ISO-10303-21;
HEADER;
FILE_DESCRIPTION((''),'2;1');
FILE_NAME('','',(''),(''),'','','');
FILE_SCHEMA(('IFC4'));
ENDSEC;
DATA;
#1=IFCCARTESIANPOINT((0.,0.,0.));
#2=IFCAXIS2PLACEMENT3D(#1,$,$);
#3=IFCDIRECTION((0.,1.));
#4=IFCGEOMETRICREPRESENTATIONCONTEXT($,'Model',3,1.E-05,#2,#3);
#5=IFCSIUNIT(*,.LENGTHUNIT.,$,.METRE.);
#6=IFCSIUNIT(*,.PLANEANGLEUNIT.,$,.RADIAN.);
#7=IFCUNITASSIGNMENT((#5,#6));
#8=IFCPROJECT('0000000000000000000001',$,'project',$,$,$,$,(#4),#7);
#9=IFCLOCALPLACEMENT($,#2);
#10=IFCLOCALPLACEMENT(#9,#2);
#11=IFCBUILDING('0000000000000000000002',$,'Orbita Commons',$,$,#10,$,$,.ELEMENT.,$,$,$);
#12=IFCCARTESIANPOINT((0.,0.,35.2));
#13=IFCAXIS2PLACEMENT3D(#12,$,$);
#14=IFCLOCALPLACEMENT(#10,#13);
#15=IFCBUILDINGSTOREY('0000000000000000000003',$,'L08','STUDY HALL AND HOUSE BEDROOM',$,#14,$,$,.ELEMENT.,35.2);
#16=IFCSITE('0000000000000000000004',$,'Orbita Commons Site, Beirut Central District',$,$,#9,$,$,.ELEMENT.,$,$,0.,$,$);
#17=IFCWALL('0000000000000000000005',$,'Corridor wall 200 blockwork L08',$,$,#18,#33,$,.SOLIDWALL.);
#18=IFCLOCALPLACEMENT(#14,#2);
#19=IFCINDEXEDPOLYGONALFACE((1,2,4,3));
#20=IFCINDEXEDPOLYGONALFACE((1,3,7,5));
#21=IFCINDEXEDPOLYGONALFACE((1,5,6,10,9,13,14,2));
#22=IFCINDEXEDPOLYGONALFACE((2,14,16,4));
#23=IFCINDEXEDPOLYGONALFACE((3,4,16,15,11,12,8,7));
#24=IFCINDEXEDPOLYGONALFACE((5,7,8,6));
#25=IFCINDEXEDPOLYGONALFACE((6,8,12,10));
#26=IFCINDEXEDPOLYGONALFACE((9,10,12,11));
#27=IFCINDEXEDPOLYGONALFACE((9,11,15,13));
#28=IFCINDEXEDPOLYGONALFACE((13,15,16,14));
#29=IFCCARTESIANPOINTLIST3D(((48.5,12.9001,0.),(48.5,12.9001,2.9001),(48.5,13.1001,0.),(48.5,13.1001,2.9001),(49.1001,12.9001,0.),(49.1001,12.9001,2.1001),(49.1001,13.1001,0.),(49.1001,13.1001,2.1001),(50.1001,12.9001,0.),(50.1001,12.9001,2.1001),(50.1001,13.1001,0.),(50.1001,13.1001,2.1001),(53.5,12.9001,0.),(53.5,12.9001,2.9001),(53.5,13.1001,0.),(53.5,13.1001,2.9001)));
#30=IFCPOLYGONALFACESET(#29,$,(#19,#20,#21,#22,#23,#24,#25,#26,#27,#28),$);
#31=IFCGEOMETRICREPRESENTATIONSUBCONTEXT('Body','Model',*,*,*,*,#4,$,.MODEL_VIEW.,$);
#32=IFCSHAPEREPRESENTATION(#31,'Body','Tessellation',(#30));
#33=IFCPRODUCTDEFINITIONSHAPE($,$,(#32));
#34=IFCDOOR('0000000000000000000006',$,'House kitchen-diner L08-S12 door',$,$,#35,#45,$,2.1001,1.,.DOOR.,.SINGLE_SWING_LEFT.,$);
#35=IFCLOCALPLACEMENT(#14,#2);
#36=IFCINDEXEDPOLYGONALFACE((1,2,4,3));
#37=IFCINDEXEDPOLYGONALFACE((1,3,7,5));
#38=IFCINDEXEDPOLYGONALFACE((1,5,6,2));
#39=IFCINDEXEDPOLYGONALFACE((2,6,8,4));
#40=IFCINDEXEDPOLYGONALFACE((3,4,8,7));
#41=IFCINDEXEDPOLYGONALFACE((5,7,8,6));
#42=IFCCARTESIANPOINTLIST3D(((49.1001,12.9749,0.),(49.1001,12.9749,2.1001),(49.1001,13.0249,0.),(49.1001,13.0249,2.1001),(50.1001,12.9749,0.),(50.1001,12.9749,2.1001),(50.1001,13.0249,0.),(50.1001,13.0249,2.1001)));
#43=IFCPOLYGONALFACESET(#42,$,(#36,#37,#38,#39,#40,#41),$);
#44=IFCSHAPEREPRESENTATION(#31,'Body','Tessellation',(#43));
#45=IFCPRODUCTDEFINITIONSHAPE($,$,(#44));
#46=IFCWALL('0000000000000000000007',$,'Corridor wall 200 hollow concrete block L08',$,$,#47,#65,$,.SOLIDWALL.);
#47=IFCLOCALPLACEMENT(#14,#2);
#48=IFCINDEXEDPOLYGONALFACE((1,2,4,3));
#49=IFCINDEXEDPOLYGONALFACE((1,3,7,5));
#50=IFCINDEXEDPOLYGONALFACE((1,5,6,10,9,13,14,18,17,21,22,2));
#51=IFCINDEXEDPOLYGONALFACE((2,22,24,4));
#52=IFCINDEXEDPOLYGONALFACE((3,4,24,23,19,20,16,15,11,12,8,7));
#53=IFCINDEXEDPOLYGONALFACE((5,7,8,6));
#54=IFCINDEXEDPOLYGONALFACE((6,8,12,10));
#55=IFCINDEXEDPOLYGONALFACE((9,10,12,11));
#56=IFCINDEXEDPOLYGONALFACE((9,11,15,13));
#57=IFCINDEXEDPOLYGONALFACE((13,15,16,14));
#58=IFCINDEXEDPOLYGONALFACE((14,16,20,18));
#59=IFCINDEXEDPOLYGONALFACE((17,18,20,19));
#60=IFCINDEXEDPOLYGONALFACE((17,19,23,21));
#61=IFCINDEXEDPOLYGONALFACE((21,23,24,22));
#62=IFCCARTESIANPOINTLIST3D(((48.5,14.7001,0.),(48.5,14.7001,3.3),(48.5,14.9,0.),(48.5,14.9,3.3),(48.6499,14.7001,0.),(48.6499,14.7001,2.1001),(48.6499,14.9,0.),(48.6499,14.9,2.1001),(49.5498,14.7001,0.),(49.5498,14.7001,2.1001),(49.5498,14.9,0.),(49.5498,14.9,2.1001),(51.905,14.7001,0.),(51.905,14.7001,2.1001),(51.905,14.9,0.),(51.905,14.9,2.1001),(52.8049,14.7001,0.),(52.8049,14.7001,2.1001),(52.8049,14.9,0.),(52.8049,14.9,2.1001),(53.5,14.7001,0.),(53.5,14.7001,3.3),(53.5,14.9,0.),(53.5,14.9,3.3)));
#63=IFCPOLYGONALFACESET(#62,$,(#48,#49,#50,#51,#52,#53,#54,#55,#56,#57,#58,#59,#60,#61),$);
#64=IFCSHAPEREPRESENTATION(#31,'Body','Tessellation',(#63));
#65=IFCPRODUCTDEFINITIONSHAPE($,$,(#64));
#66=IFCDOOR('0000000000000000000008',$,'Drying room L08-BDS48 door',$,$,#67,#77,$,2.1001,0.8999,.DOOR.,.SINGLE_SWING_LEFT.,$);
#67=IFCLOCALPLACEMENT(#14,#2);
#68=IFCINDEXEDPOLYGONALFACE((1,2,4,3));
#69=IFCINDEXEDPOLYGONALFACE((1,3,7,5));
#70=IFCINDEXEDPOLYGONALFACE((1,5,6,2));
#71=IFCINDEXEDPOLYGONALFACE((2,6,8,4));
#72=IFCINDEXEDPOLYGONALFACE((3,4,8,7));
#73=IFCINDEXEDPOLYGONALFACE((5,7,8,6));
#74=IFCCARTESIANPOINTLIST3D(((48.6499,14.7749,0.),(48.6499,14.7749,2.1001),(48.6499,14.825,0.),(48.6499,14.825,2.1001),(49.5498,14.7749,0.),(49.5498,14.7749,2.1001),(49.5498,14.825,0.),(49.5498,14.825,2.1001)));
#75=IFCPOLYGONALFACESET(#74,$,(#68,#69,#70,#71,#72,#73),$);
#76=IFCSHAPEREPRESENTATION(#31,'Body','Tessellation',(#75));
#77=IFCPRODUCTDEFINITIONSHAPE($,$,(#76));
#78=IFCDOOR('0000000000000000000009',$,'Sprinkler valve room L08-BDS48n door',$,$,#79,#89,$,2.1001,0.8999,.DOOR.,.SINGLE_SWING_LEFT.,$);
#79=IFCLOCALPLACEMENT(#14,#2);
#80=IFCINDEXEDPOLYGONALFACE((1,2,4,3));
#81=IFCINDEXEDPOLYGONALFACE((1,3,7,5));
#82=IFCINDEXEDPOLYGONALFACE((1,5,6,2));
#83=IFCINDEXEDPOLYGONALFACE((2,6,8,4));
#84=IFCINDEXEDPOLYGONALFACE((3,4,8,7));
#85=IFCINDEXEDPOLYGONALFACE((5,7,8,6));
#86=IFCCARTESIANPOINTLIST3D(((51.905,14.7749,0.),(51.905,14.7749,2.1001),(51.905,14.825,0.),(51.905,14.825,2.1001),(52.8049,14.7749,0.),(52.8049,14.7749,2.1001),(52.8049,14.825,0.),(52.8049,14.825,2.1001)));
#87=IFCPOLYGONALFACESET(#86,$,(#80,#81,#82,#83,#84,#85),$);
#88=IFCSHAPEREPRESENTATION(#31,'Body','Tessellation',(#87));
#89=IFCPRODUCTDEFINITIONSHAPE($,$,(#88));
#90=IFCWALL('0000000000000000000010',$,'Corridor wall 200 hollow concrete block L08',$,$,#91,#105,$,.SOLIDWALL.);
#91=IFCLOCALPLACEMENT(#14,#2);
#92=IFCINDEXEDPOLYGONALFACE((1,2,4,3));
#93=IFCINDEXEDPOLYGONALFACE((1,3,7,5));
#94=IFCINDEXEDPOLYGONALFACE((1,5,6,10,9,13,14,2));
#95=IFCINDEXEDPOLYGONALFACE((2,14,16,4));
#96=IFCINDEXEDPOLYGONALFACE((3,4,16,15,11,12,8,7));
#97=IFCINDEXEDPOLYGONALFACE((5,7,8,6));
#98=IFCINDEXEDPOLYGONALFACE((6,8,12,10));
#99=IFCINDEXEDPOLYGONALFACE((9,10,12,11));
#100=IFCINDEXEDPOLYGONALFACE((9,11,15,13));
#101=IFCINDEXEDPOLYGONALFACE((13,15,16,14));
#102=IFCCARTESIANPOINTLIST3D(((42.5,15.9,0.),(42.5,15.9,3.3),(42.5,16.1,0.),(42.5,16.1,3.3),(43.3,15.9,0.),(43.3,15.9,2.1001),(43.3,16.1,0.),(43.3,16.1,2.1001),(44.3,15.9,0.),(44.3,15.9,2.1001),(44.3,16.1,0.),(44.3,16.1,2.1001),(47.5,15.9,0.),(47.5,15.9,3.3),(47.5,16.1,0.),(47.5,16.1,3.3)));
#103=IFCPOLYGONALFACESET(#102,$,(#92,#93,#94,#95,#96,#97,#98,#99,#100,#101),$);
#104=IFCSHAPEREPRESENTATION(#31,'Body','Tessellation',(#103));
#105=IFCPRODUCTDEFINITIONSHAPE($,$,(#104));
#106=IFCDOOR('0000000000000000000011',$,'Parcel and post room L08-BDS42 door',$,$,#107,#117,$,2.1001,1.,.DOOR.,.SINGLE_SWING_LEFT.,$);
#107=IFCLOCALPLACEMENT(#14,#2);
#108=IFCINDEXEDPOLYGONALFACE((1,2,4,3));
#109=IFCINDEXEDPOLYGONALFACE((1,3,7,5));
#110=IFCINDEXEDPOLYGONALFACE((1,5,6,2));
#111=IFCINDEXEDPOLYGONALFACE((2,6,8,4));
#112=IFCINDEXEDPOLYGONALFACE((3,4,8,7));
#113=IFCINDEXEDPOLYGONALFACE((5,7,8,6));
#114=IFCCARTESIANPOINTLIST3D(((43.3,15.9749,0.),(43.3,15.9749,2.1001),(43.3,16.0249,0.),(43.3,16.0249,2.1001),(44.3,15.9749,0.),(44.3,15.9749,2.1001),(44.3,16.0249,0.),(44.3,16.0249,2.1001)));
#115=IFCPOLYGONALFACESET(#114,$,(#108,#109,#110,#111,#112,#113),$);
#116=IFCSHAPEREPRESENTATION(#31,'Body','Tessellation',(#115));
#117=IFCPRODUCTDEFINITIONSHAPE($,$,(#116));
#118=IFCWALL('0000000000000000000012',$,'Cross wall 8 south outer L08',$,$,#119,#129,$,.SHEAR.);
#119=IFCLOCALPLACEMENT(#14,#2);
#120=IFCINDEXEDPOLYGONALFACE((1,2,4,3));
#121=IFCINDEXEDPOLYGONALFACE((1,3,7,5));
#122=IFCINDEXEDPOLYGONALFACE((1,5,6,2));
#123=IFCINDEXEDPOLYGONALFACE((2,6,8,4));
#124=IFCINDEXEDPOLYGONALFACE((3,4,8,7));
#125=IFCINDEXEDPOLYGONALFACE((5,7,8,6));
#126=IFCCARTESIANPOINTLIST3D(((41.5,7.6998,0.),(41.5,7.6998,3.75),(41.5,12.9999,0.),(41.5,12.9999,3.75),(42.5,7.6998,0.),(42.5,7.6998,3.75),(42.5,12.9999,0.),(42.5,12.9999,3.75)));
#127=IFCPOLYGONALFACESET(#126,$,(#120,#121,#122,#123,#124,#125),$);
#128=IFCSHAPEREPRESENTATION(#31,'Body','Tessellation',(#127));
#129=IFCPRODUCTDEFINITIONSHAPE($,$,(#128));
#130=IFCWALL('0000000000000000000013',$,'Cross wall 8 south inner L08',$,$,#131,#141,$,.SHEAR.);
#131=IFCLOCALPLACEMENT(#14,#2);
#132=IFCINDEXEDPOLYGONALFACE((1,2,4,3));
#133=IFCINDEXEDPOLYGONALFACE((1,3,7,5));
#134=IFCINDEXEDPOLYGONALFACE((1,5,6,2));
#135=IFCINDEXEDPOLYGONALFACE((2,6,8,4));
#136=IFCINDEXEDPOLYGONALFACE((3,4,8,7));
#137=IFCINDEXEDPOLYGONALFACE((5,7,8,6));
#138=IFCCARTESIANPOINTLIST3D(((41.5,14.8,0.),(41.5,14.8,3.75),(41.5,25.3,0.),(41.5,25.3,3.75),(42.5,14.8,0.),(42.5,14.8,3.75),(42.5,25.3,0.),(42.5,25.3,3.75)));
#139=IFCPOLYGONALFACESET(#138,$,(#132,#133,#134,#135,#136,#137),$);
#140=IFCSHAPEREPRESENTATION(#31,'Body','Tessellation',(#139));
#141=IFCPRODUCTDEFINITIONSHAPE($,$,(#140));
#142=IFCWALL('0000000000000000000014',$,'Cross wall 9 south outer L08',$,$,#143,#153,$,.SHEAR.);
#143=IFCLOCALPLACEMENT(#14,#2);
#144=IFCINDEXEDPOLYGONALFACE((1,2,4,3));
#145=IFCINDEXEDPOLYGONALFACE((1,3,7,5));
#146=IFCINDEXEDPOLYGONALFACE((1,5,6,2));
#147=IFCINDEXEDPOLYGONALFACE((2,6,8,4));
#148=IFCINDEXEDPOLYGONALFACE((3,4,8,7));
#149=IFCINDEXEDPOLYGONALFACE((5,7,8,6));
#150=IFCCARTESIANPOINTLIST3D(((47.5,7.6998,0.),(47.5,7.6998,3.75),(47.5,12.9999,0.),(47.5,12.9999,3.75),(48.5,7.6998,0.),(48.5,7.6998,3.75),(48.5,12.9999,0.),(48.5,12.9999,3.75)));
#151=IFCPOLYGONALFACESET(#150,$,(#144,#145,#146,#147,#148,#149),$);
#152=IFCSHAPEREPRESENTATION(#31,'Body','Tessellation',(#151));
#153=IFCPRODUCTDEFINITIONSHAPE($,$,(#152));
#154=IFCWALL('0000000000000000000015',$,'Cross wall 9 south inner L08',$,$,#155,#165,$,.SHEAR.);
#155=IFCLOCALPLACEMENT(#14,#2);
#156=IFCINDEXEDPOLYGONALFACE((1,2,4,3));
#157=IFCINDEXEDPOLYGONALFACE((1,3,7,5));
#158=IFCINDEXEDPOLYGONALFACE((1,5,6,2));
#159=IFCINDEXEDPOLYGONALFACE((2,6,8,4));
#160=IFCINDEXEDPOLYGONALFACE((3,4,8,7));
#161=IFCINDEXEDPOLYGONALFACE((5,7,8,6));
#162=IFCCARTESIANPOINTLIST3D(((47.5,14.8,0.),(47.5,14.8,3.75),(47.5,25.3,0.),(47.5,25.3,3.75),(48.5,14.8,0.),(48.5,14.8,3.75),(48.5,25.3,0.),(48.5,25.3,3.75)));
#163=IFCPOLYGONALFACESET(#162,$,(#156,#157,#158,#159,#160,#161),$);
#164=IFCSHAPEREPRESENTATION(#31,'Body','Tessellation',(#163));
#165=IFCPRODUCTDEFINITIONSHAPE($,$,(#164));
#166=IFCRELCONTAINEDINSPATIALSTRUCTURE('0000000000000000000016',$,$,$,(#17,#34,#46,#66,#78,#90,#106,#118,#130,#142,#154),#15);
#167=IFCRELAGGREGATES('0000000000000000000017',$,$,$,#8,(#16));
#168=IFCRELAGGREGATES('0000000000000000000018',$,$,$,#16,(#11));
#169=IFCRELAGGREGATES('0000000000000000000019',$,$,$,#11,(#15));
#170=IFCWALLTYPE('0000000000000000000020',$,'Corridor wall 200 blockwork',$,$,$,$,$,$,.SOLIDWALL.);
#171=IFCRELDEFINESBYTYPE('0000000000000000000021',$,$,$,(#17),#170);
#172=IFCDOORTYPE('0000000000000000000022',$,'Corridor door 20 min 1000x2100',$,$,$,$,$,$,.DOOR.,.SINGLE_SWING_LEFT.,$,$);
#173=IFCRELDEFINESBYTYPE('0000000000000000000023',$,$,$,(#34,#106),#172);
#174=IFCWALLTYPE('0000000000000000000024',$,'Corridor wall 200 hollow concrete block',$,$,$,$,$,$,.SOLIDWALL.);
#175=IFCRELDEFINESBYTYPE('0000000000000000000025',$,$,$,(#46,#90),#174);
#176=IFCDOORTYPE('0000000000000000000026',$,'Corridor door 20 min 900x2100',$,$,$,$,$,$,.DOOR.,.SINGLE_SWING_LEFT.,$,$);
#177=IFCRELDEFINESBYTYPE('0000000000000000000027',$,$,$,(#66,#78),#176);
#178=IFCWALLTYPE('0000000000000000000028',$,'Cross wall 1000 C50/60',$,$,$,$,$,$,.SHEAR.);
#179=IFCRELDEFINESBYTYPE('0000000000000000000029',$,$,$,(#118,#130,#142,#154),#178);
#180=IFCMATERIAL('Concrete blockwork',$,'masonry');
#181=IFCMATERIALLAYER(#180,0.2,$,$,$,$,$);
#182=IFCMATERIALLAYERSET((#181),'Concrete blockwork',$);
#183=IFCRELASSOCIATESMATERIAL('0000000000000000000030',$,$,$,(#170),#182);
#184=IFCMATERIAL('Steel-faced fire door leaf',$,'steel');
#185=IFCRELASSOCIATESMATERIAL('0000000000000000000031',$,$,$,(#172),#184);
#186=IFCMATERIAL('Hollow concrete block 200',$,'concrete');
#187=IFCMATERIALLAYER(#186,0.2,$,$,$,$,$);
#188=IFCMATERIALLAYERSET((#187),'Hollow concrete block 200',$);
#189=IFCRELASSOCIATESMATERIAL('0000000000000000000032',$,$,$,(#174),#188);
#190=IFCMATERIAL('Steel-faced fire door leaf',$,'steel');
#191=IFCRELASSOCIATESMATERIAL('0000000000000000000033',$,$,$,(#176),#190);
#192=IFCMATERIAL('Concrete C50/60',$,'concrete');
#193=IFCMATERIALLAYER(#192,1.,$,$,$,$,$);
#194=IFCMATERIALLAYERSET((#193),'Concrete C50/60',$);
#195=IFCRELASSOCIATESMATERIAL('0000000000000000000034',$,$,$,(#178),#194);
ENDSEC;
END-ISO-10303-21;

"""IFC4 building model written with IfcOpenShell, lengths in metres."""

from ifc_helpers import new_model, si_unit, direction, frame, frame_2d, origin, place, context, subcontext, project, spatial, polyline, rectangle, outline, extrude, material, layer, layer_set, type_object, element, fill, save


model = new_model("IFC4")

# Units and contexts
model_context = context("Model", 3, precision=1e-05, world=origin(), true_north=direction((0.0, 1.0)))
body_context = subcontext(model_context, "Body", "Model", "MODEL_VIEW")
ifc_project = project(units=[si_unit("LENGTHUNIT", "METRE"), si_unit("PLANEANGLEUNIT", "RADIAN")], contexts=[model_context])

# Site, building, storey
site_placement = place(None, origin())
site = spatial("IfcSite", under=ifc_project, at=site_placement, Name="Orbita Commons Site, Beirut Central District", CompositionType="ELEMENT", RefElevation=0.0)
building_placement = place(site_placement, origin())
building = spatial("IfcBuilding", under=site, at=building_placement, Name="Orbita Commons", CompositionType="ELEMENT")
storey_placement = place(building_placement, frame((0.0, 0.0, 35.2)))
storey = spatial("IfcBuildingStorey", under=building, at=storey_placement, Name="L08", Description="STUDY HALL AND HOUSE BEDROOM", CompositionType="ELEMENT", Elevation=35.2)

# Wall, opening, door
ifc_material_1 = material(Name="Concrete blockwork", Category="masonry")
ifc_layer_1 = layer(ifc_material_1, 0.2)
ifc_layer_set_1 = layer_set([ifc_layer_1], Name="Concrete blockwork")
wall_type_1 = type_object("IfcWallType", Name="Corridor wall 200 blockwork", PredefinedType="SOLIDWALL", material=ifc_layer_set_1)
ifc_material_2 = material(Name="Steel-faced fire door leaf", Category="steel")
door_type_1 = type_object("IfcDoorType", Name="Corridor door 20 min 1000x2100", OperationType="SINGLE_SWING_LEFT", PredefinedType="DOOR", material=ifc_material_2)
wall_1_placement = place(storey_placement, frame((48.5, 13.0, 0.0), z_axis=(0.0, 0.0, 1.0), x_axis=(1.0, 0.0, 0.0)))
wall_1 = element("IfcWall", 1, at=wall_1_placement, inside=storey, type_object=wall_type_1, Name="Corridor wall 200 blockwork L08", PredefinedType="SOLIDWALL", context=body_context, shape_type="SweptSolid", body=[
    extrude(outline(polyline([(0.0, 0.0), (5.0, 0.0), (5.0, 2.9001), (0.0, 2.9001), (0.0, 0.0)])), frame((0.0, 0.1001, 0.0), z_axis=(0.0, -1.0, 0.0), x_axis=(1.0, 0.0, 0.0)), (0.0, 0.0, 1.0), 0.2),
])
opening_1_placement = place(wall_1_placement, frame((0.6001, 0.0, 0.0)))
opening_1 = element("IfcOpeningElement", 2, at=opening_1_placement, cuts=wall_1, PredefinedType="OPENING", context=body_context, shape_type="SweptSolid", body=[
    extrude(rectangle(XDim=1.0, YDim=2.1001, at=frame_2d((0.5, 1.05))), frame((0.0, 0.1099, 0.0), z_axis=(0.0, -1.0, 0.0), x_axis=(1.0, 0.0, 0.0)), (0.0, 0.0, 1.0), 0.22),
])
door_1_placement = place(opening_1_placement, origin())
door_1 = element("IfcDoor", 3, at=door_1_placement, inside=storey, type_object=door_type_1, Name="House kitchen-diner L08-S12 door", OperationType="SINGLE_SWING_LEFT", OverallHeight=2.1001, OverallWidth=1.0, PredefinedType="DOOR", context=body_context, shape_type="SweptSolid", body=[
    extrude(rectangle(XDim=1.0, YDim=2.1001, at=frame_2d((0.5, 1.05))), frame((0.0, 0.0249, 0.0), z_axis=(0.0, -1.0, 0.0), x_axis=(1.0, 0.0, 0.0)), (0.0, 0.0, 1.0), 0.05),
])
fill(opening_1, door_1)

# Wall, openings, doors
ifc_material_3 = material(Name="Hollow concrete block 200", Category="concrete")
ifc_layer_2 = layer(ifc_material_3, 0.2)
ifc_layer_set_2 = layer_set([ifc_layer_2], Name="Hollow concrete block 200")
wall_type_2 = type_object("IfcWallType", Name="Corridor wall 200 hollow concrete block", PredefinedType="SOLIDWALL", material=ifc_layer_set_2)
wall_2_placement = place(storey_placement, frame((48.5, 14.8, 0.0), z_axis=(0.0, 0.0, 1.0), x_axis=(1.0, 0.0, 0.0)))
wall_2 = element("IfcWall", 4, at=wall_2_placement, inside=storey, type_object=wall_type_2, Name="Corridor wall 200 hollow concrete block L08", PredefinedType="SOLIDWALL", context=body_context, shape_type="SweptSolid", body=[
    extrude(rectangle(XDim=5.0, YDim=0.2, at=frame_2d((2.5, 0.0))), origin(), (0.0, 0.0, 1.0), 3.3),
])
opening_2_placement = place(wall_2_placement, frame((0.1499, 0.0, 0.0)))
opening_2 = element("IfcOpeningElement", 5, at=opening_2_placement, cuts=wall_2, PredefinedType="OPENING", context=body_context, shape_type="SweptSolid", body=[
    extrude(rectangle(XDim=0.8999, YDim=2.1001, at=frame_2d((0.45, 1.05))), frame((0.0, 0.1099, 0.0), z_axis=(0.0, -1.0, 0.0), x_axis=(1.0, 0.0, 0.0)), (0.0, 0.0, 1.0), 0.22),
])
opening_3_placement = place(wall_2_placement, frame((3.405, 0.0, 0.0)))
opening_3 = element("IfcOpeningElement", 6, at=opening_3_placement, cuts=wall_2, PredefinedType="OPENING", context=body_context, shape_type="SweptSolid", body=[
    extrude(rectangle(XDim=0.8999, YDim=2.1001, at=frame_2d((0.45, 1.05))), frame((0.0, 0.1099, 0.0), z_axis=(0.0, -1.0, 0.0), x_axis=(1.0, 0.0, 0.0)), (0.0, 0.0, 1.0), 0.22),
])
ifc_material_4 = material(Name="Steel-faced fire door leaf", Category="steel")
door_type_2 = type_object("IfcDoorType", Name="Corridor door 20 min 900x2100", OperationType="SINGLE_SWING_LEFT", PredefinedType="DOOR", material=ifc_material_4)
door_2_placement = place(opening_2_placement, origin())
door_2 = element("IfcDoor", 7, at=door_2_placement, inside=storey, type_object=door_type_2, Name="Drying room L08-BDS48 door", OperationType="SINGLE_SWING_LEFT", OverallHeight=2.1001, OverallWidth=0.8999, PredefinedType="DOOR", context=body_context, shape_type="SweptSolid", body=[
    extrude(rectangle(XDim=0.8999, YDim=2.1001, at=frame_2d((0.45, 1.05))), frame((0.0, 0.0249, 0.0), z_axis=(0.0, -1.0, 0.0), x_axis=(1.0, 0.0, 0.0)), (0.0, 0.0, 1.0), 0.05),
])
fill(opening_2, door_2)
door_3_placement = place(opening_3_placement, origin())
door_3 = element("IfcDoor", 8, at=door_3_placement, inside=storey, type_object=door_type_2, Name="Sprinkler valve room L08-BDS48n door", OperationType="SINGLE_SWING_LEFT", OverallHeight=2.1001, OverallWidth=0.8999, PredefinedType="DOOR", context=body_context, shape_type="SweptSolid", body=[
    extrude(rectangle(XDim=0.8999, YDim=2.1001, at=frame_2d((0.45, 1.05))), frame((0.0, 0.0249, 0.0), z_axis=(0.0, -1.0, 0.0), x_axis=(1.0, 0.0, 0.0)), (0.0, 0.0, 1.0), 0.05),
])
fill(opening_3, door_3)

# Wall, opening, door
wall_3_placement = place(storey_placement, frame((42.5, 16.0, 0.0), z_axis=(0.0, 0.0, 1.0), x_axis=(1.0, 0.0, 0.0)))
wall_3 = element("IfcWall", 9, at=wall_3_placement, inside=storey, type_object=wall_type_2, Name="Corridor wall 200 hollow concrete block L08", PredefinedType="SOLIDWALL", context=body_context, shape_type="SweptSolid", body=[
    extrude(rectangle(XDim=5.0, YDim=0.2, at=frame_2d((2.5, 0.0))), origin(), (0.0, 0.0, 1.0), 3.3),
])
opening_4_placement = place(wall_3_placement, frame((0.8, 0.0, 0.0)))
opening_4 = element("IfcOpeningElement", 10, at=opening_4_placement, cuts=wall_3, PredefinedType="OPENING", context=body_context, shape_type="SweptSolid", body=[
    extrude(rectangle(XDim=1.0, YDim=2.1001, at=frame_2d((0.5, 1.05))), frame((0.0, 0.1099, 0.0), z_axis=(0.0, -1.0, 0.0), x_axis=(1.0, 0.0, 0.0)), (0.0, 0.0, 1.0), 0.22),
])
door_4_placement = place(opening_4_placement, origin())
door_4 = element("IfcDoor", 11, at=door_4_placement, inside=storey, type_object=door_type_1, Name="Parcel and post room L08-BDS42 door", OperationType="SINGLE_SWING_LEFT", OverallHeight=2.1001, OverallWidth=1.0, PredefinedType="DOOR", context=body_context, shape_type="SweptSolid", body=[
    extrude(rectangle(XDim=1.0, YDim=2.1001, at=frame_2d((0.5, 1.05))), frame((0.0, 0.0249, 0.0), z_axis=(0.0, -1.0, 0.0), x_axis=(1.0, 0.0, 0.0)), (0.0, 0.0, 1.0), 0.05),
])
fill(opening_4, door_4)

# Walls
ifc_material_5 = material(Name="Concrete C50/60", Category="concrete")
ifc_layer_3 = layer(ifc_material_5, 1.0)
ifc_layer_set_3 = layer_set([ifc_layer_3], Name="Concrete C50/60")
wall_type_3 = type_object("IfcWallType", Name="Cross wall 1000 C50/60", PredefinedType="SHEAR", material=ifc_layer_set_3)
wall_4_placement = place(storey_placement, frame((42.0, 7.7, 0.0), z_axis=(0.0, 0.0, 1.0), x_axis=(0.0, 1.0, 0.0)))
element("IfcWall", 12, at=wall_4_placement, inside=storey, type_object=wall_type_3, Name="Cross wall 8 south outer L08", PredefinedType="SHEAR", context=body_context, shape_type="SweptSolid", body=[
    extrude(rectangle(XDim=5.3, YDim=1.0, at=frame_2d((2.6499, 0.0))), origin(), (0.0, 0.0, 1.0), 3.75),
])
wall_5_placement = place(storey_placement, frame((42.0, 14.8, 0.0), z_axis=(0.0, 0.0, 1.0), x_axis=(0.0, 1.0, 0.0)))
element("IfcWall", 13, at=wall_5_placement, inside=storey, type_object=wall_type_3, Name="Cross wall 8 south inner L08", PredefinedType="SHEAR", context=body_context, shape_type="SweptSolid", body=[
    extrude(rectangle(XDim=10.5, YDim=1.0, at=frame_2d((5.25, 0.0))), origin(), (0.0, 0.0, 1.0), 3.75),
])
wall_6_placement = place(storey_placement, frame((48.0, 7.7, 0.0), z_axis=(0.0, 0.0, 1.0), x_axis=(0.0, 1.0, 0.0)))
element("IfcWall", 14, at=wall_6_placement, inside=storey, type_object=wall_type_3, Name="Cross wall 9 south outer L08", PredefinedType="SHEAR", context=body_context, shape_type="SweptSolid", body=[
    extrude(rectangle(XDim=5.3, YDim=1.0, at=frame_2d((2.6499, 0.0))), origin(), (0.0, 0.0, 1.0), 3.75),
])
wall_7_placement = place(storey_placement, frame((48.0, 14.8, 0.0), z_axis=(0.0, 0.0, 1.0), x_axis=(0.0, 1.0, 0.0)))
element("IfcWall", 15, at=wall_7_placement, inside=storey, type_object=wall_type_3, Name="Cross wall 9 south inner L08", PredefinedType="SHEAR", context=body_context, shape_type="SweptSolid", body=[
    extrude(rectangle(XDim=10.5, YDim=1.0, at=frame_2d((5.25, 0.0))), origin(), (0.0, 0.0, 1.0), 3.75),
])

save(model, "model.ifc")
